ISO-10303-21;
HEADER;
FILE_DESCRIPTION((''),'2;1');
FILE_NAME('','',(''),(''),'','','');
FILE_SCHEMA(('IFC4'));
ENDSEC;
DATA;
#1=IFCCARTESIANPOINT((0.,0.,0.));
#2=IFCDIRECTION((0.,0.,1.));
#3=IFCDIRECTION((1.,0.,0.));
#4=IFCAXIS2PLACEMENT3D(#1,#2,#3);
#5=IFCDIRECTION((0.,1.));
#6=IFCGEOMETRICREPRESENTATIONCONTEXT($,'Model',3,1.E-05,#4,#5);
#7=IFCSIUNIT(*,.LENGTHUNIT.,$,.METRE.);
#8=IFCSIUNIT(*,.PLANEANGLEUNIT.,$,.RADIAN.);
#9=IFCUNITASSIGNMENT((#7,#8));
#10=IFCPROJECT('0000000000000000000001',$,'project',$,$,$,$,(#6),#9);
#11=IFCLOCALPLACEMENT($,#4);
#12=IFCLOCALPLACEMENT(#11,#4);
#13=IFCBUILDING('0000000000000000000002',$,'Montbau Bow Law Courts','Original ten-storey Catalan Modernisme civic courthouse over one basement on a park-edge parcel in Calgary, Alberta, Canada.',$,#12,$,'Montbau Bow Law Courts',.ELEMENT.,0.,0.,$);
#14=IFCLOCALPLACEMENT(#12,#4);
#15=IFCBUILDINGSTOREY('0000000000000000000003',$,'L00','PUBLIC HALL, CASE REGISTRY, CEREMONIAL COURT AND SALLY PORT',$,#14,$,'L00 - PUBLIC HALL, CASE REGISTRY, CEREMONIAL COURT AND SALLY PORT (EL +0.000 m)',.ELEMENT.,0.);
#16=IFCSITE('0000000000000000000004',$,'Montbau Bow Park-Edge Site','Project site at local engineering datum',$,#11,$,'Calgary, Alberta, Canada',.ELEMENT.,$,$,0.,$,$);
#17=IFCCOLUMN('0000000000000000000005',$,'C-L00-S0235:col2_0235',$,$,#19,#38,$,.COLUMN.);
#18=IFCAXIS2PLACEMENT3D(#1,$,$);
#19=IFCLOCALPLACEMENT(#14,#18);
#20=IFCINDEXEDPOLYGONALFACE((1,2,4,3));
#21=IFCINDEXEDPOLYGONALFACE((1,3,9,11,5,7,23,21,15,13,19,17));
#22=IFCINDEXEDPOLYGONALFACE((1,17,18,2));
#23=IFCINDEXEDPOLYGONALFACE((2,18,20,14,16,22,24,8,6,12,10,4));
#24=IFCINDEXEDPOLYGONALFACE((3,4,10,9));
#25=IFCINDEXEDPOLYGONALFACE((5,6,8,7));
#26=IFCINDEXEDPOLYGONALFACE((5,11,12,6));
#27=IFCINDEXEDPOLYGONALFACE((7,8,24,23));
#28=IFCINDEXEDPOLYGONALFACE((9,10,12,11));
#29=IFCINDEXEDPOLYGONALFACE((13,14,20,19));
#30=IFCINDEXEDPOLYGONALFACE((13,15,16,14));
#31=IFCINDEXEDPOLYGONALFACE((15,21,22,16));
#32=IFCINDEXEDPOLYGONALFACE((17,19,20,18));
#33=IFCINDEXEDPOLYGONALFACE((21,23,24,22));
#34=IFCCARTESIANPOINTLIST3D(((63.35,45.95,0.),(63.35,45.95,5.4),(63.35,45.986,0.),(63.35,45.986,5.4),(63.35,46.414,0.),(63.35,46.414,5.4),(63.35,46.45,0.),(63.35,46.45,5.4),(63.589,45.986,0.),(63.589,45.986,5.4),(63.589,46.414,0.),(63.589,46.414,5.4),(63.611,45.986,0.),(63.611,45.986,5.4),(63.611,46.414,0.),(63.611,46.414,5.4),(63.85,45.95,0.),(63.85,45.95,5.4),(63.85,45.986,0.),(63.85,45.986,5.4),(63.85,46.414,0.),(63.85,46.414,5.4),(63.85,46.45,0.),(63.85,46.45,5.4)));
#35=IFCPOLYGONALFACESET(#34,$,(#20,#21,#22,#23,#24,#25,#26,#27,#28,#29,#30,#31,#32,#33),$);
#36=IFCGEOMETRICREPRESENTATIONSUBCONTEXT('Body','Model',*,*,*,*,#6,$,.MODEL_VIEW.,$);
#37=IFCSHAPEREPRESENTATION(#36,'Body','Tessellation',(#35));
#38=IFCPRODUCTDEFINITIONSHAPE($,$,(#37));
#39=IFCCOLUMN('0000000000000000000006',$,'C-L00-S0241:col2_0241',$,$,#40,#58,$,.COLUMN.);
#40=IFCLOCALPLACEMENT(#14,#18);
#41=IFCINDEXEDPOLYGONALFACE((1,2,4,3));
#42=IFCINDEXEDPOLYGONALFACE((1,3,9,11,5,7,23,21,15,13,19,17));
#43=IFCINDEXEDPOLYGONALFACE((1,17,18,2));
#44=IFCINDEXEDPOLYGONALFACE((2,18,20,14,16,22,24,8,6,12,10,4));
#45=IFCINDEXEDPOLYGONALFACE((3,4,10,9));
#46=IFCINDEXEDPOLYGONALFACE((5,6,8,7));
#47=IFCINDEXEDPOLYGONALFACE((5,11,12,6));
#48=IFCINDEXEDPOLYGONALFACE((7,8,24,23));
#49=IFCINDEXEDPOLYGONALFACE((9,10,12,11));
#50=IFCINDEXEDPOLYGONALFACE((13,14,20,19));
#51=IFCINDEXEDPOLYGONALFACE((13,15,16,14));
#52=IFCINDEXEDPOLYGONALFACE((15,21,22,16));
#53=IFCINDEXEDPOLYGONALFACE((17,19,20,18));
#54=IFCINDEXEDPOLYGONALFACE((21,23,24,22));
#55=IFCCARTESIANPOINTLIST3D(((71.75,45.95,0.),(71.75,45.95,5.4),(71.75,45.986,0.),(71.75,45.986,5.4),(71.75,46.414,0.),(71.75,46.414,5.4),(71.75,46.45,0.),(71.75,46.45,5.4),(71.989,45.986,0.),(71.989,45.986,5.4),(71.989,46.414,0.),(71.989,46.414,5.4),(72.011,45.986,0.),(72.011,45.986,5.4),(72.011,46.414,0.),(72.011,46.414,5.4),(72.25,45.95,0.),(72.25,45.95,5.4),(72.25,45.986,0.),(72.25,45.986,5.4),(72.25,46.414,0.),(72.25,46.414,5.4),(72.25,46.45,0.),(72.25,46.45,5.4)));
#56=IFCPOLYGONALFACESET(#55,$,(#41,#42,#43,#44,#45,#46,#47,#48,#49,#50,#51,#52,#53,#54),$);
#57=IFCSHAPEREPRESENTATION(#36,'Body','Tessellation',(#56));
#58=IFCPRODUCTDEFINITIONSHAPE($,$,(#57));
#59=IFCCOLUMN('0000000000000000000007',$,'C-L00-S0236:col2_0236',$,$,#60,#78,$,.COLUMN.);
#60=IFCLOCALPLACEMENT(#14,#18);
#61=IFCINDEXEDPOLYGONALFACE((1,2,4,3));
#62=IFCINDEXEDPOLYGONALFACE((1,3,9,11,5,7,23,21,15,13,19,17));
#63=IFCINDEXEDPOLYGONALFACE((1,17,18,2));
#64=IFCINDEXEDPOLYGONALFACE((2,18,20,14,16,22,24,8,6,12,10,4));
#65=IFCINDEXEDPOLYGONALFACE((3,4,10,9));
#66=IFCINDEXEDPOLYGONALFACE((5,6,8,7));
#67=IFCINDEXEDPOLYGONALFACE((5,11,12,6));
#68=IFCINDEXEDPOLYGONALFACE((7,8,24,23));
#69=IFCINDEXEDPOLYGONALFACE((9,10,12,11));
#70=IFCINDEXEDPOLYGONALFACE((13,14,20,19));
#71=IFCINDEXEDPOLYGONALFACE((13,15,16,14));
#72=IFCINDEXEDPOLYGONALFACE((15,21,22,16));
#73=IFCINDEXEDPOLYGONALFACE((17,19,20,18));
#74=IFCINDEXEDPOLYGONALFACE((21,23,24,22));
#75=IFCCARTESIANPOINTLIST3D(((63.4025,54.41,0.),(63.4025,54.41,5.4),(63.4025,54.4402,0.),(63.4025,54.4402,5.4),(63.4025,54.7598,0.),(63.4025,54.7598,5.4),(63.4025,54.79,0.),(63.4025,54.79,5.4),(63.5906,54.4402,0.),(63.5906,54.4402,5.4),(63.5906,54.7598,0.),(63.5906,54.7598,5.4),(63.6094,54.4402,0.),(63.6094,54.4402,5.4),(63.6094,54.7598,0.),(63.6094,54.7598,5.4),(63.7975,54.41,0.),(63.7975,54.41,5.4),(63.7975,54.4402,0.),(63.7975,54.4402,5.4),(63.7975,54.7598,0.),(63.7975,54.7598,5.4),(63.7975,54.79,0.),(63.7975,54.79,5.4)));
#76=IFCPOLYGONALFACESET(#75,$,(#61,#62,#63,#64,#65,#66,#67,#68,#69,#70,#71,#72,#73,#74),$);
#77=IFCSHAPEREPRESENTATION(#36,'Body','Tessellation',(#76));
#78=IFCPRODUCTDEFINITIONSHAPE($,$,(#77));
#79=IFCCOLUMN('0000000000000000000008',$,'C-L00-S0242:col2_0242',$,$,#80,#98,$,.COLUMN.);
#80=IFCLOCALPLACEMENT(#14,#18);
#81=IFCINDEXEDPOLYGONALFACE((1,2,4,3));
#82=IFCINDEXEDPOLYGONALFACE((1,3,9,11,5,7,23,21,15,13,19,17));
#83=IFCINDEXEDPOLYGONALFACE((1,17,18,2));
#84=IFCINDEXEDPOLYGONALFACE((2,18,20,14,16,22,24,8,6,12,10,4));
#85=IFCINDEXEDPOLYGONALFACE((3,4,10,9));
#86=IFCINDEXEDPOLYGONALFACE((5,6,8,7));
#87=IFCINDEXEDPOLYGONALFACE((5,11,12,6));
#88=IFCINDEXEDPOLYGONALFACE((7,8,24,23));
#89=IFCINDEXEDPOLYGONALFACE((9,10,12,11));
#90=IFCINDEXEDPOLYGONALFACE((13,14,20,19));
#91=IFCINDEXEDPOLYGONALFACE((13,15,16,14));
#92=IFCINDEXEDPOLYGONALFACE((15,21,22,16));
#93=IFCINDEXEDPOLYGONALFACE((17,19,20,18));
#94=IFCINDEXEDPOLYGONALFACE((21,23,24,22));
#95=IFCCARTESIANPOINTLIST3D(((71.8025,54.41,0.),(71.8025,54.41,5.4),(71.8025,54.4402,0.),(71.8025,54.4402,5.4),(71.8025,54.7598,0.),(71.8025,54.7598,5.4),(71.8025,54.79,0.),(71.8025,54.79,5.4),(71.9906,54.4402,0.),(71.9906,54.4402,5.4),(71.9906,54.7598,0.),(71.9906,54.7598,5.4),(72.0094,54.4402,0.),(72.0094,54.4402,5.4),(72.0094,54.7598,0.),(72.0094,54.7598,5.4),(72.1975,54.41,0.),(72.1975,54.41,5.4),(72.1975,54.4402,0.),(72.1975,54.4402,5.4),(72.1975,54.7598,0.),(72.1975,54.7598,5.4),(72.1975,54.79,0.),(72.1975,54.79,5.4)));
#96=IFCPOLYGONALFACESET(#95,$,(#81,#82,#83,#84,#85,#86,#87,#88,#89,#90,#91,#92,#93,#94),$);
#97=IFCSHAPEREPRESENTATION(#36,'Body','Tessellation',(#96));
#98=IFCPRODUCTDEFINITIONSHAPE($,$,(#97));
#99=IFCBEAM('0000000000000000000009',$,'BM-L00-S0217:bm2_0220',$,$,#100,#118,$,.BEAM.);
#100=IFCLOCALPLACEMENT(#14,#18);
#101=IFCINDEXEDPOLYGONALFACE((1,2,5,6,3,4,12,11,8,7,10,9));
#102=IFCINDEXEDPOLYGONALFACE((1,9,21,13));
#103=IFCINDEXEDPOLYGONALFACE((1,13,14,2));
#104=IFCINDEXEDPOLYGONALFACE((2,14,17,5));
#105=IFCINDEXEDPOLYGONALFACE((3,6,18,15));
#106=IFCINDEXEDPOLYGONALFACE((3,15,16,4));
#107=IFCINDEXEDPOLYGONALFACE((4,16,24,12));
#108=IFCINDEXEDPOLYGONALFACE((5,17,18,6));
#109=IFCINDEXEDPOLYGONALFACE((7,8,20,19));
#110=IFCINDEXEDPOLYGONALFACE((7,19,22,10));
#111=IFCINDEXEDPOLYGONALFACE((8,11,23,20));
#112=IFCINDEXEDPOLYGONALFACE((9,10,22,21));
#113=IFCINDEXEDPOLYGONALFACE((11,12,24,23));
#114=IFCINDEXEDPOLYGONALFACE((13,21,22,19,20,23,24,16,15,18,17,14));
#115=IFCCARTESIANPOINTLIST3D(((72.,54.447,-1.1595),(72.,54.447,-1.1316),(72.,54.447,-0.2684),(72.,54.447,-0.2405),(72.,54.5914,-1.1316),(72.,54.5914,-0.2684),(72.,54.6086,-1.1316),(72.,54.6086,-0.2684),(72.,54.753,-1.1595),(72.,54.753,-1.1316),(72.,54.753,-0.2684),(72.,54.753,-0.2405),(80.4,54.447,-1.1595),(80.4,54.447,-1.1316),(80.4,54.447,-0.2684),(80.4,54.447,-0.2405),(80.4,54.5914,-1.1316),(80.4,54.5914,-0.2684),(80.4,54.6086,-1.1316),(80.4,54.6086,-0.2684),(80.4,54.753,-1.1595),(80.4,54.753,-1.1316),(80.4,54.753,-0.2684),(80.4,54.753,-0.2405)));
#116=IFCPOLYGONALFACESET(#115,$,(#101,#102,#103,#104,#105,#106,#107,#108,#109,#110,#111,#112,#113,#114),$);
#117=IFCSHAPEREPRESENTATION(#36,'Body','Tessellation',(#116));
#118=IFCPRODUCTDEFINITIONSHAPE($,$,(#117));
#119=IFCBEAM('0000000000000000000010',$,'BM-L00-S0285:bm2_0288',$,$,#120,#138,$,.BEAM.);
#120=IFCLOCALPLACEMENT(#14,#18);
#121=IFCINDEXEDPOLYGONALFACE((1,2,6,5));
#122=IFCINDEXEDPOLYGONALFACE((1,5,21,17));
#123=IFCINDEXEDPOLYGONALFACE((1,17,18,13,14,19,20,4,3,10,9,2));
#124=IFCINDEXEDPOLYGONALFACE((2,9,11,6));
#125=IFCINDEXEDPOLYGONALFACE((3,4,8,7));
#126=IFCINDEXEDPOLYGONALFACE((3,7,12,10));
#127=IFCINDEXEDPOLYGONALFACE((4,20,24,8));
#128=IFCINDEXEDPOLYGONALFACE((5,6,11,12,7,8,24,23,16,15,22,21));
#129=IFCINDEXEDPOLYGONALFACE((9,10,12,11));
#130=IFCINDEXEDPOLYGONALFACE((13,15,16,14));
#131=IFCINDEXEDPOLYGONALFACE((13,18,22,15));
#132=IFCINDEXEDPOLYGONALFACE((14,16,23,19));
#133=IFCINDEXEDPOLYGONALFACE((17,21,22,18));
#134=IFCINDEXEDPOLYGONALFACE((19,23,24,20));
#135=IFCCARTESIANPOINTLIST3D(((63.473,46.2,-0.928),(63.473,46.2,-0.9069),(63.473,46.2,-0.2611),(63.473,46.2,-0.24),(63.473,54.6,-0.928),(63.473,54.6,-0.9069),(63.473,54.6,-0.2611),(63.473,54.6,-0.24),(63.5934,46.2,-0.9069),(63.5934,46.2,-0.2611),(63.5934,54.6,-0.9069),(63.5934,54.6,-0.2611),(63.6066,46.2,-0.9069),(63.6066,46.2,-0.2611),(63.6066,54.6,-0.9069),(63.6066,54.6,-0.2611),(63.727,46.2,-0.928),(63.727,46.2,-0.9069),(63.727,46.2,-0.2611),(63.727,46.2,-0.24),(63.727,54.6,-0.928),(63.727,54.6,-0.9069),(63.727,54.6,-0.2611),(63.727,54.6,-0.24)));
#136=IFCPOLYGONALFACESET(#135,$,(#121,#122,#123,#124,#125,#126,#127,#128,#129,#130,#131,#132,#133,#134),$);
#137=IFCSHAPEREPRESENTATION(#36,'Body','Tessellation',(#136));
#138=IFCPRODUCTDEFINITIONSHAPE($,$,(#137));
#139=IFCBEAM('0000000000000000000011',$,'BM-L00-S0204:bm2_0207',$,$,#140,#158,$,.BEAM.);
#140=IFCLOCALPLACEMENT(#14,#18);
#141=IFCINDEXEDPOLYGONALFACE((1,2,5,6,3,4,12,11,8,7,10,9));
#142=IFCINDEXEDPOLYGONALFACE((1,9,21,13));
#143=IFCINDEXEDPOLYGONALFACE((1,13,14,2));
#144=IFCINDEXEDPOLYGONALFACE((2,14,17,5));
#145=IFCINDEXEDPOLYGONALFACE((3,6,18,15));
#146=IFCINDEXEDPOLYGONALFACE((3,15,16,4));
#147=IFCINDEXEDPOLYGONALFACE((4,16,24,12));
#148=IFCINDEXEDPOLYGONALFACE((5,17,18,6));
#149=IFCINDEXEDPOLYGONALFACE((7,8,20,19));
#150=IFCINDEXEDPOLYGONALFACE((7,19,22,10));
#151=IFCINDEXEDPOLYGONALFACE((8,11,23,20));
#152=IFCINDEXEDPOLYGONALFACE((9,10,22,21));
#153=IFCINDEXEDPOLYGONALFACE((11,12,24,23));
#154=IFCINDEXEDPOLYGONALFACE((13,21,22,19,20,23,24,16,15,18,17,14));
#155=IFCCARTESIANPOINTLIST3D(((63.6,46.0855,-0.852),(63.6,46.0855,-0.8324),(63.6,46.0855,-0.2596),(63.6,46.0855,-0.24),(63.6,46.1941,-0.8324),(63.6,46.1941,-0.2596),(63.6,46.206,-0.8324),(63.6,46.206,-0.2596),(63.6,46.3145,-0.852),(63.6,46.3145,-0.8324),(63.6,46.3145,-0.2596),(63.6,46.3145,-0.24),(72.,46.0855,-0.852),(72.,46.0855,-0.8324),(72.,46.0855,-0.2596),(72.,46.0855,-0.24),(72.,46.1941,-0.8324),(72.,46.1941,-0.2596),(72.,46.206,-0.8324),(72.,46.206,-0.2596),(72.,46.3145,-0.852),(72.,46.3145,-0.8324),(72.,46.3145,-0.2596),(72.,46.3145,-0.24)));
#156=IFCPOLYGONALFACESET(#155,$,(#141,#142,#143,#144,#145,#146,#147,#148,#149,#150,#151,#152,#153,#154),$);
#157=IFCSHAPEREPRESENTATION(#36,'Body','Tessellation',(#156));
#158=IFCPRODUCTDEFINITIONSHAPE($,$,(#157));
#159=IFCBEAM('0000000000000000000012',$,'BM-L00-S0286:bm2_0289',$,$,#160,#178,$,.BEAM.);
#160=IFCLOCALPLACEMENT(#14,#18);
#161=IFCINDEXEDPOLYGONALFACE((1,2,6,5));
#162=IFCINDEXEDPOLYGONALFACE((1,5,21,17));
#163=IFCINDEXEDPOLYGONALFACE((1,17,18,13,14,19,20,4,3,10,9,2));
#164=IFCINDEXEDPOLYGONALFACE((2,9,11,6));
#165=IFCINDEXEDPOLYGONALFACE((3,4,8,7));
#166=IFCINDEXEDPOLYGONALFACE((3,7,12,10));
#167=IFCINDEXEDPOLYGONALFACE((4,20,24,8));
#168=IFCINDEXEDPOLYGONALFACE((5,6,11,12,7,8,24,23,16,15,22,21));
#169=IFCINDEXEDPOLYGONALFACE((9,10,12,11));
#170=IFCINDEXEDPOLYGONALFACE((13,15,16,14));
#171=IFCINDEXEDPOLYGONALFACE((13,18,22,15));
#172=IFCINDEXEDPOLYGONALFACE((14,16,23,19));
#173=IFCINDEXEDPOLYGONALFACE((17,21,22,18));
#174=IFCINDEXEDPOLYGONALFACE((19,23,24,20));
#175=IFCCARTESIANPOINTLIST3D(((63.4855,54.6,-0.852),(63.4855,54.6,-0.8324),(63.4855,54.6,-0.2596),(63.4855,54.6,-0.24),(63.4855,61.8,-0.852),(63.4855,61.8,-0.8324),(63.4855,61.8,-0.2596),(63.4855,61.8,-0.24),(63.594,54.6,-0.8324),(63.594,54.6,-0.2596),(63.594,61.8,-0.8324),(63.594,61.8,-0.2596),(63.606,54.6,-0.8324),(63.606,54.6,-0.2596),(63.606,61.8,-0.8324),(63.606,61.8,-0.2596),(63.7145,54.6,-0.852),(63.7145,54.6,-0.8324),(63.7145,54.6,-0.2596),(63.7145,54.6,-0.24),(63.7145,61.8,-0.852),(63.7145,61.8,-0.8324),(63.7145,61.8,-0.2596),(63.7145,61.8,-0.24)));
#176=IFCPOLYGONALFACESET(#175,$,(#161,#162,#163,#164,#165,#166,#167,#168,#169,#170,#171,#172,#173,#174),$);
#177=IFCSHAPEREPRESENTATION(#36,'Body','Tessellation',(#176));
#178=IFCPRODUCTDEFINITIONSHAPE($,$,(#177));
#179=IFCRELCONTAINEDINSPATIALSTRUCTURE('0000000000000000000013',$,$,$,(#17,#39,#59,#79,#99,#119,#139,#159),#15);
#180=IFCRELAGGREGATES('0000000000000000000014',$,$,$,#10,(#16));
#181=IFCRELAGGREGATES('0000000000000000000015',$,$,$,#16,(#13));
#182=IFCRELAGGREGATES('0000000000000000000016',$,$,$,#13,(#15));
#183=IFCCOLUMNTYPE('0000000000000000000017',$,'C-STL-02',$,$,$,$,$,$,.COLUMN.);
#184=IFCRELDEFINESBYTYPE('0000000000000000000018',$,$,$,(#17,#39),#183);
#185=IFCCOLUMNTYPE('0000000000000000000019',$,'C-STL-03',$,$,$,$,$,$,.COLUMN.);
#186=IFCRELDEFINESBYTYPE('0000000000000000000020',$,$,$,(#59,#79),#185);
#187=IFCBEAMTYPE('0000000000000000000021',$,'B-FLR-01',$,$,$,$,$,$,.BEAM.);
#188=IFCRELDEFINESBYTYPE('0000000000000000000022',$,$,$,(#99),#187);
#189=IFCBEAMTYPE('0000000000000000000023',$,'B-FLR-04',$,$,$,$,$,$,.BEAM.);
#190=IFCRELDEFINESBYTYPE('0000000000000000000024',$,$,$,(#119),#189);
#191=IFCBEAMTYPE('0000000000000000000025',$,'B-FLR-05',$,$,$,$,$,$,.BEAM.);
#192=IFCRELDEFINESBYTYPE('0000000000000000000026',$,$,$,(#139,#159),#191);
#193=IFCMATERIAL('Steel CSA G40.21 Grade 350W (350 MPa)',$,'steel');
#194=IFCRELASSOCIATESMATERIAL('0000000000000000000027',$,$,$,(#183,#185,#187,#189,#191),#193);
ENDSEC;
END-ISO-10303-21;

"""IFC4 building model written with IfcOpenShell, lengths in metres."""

from ifc_helpers import new_model, si_unit, direction, frame, origin_with_axes, origin_2d_with_axis, place, context, subcontext, project, spatial, i_section, extrude, material, material_profile, profile_set, type_object, element, save


model = new_model("IFC4")

# Units and contexts
model_context = context("Model", 3, precision=1e-05, world=origin_with_axes(), true_north=direction((0.0, 1.0)))
body_context = subcontext(model_context, "Body", "Model", "MODEL_VIEW")
ifc_project = project(units=[si_unit("LENGTHUNIT", "METRE"), si_unit("PLANEANGLEUNIT", "RADIAN")], contexts=[model_context])

# Site, building, storey
site_placement = place(None, origin_with_axes())
site = spatial("IfcSite", under=ifc_project, at=site_placement, Name="Montbau Bow Park-Edge Site", Description="Project site at local engineering datum", LongName="Calgary, Alberta, Canada", CompositionType="ELEMENT", RefElevation=0.0)
building_placement = place(site_placement, origin_with_axes())
building = spatial("IfcBuilding", under=site, at=building_placement, Name="Montbau Bow Law Courts", Description="Original ten-storey Catalan Modernisme civic courthouse over one basement on a park-edge parcel in Calgary, Alberta, Canada.", LongName="Montbau Bow Law Courts", CompositionType="ELEMENT", ElevationOfRefHeight=0.0, ElevationOfTerrain=0.0)
storey_placement = place(building_placement, origin_with_axes())
storey = spatial("IfcBuildingStorey", under=building, at=storey_placement, Name="L00", Description="PUBLIC HALL, CASE REGISTRY, CEREMONIAL COURT AND SALLY PORT", LongName="L00 - PUBLIC HALL, CASE REGISTRY, CEREMONIAL COURT AND SALLY PORT (EL +0.000 m)", CompositionType="ELEMENT", Elevation=0.0)

# Columns
ifc_material_1 = material(Name="Steel CSA G40.21 Grade 350W (350 MPa)", Category="steel")
ifc_material_profile_1 = material_profile(ifc_material_1, i_section(OverallWidth=0.5, OverallDepth=0.5, WebThickness=0.022, FlangeThickness=0.036, at=origin_2d_with_axis()), Name="WWF500X343", Category="Main", Priority=0)
ifc_profile_set_1 = profile_set([ifc_material_profile_1], Name="Steel CSA G40.21 Grade 350W (350 MPa)")
column_type_1 = type_object("IfcColumnType", Name="C-STL-02", PredefinedType="COLUMN", material=ifc_profile_set_1)
for number, where, z_axis, x_axis, name in (
    (1, (63.6, 46.2, 0.0), (0.0, 0.0, 1.0), (1.0, 0.0, 0.0), "C-L00-S0235:col2_0235"),
    (2, (72.0, 46.2, 0.0), (0.0, 0.0, 1.0), (1.0, 0.0, 0.0), "C-L00-S0241:col2_0241"),
):
    element("IfcColumn", number, at=place(None, frame(where, z_axis=z_axis, x_axis=x_axis)), inside=storey, type_object=column_type_1, Name=name, PredefinedType="COLUMN", context=body_context, shape_type="SweptSolid", body=[
        extrude(i_section(OverallWidth=0.5, OverallDepth=0.5, WebThickness=0.022, FlangeThickness=0.036, at=origin_2d_with_axis()), origin_with_axes(), (0.0, 0.0, 1.0), 5.4),
    ])
ifc_material_profile_2 = material_profile(ifc_material_1, i_section(OverallWidth=0.395, OverallDepth=0.38, WebThickness=0.0189, FlangeThickness=0.0302, at=origin_2d_with_axis()), Name="W360X237", Category="Main", Priority=0)
ifc_profile_set_2 = profile_set([ifc_material_profile_2], Name="Steel CSA G40.21 Grade 350W (350 MPa)")
column_type_2 = type_object("IfcColumnType", Name="C-STL-03", PredefinedType="COLUMN", material=ifc_profile_set_2)
for number, where, z_axis, x_axis, name in (
    (3, (63.6, 54.6, 0.0), (0.0, 0.0, 1.0), (1.0, 0.0, 0.0), "C-L00-S0236:col2_0236"),
    (4, (72.0, 54.6, 0.0), (0.0, 0.0, 1.0), (1.0, 0.0, 0.0), "C-L00-S0242:col2_0242"),
):
    element("IfcColumn", number, at=place(None, frame(where, z_axis=z_axis, x_axis=x_axis)), inside=storey, type_object=column_type_2, Name=name, PredefinedType="COLUMN", context=body_context, shape_type="SweptSolid", body=[
        extrude(i_section(OverallWidth=0.395, OverallDepth=0.38, WebThickness=0.0189, FlangeThickness=0.0302, at=origin_2d_with_axis()), origin_with_axes(), (0.0, 0.0, 1.0), 5.4),
    ])

# Beams
ifc_material_profile_3 = material_profile(ifc_material_1, i_section(OverallWidth=0.306, OverallDepth=0.919, WebThickness=0.0173, FlangeThickness=0.0279, at=origin_2d_with_axis()), Name="W920X253", Category="Main", Priority=0)
ifc_profile_set_3 = profile_set([ifc_material_profile_3], Name="Steel CSA G40.21 Grade 350W (350 MPa)")
beam_type_1 = type_object("IfcBeamType", Name="B-FLR-01", PredefinedType="BEAM", material=ifc_profile_set_3)
beam_1_placement = place(None, frame((72.0, 54.6, -0.7), z_axis=(1.0, 0.0, 0.0), x_axis=(0.0, 1.0, 0.0)))
element("IfcBeam", 5, at=beam_1_placement, inside=storey, type_object=beam_type_1, Name="BM-L00-S0217:bm2_0220", PredefinedType="BEAM", context=body_context, shape_type="SweptSolid", body=[
    extrude(i_section(OverallWidth=0.306, OverallDepth=0.919, WebThickness=0.0173, FlangeThickness=0.0279, at=origin_2d_with_axis()), origin_with_axes(), (0.0, 0.0, 1.0), 8.4),
])
ifc_material_profile_4 = material_profile(ifc_material_1, i_section(OverallWidth=0.254, OverallDepth=0.688, WebThickness=0.0131, FlangeThickness=0.0211, at=origin_2d_with_axis()), Name="W690X152", Category="Main", Priority=0)
ifc_profile_set_4 = profile_set([ifc_material_profile_4], Name="Steel CSA G40.21 Grade 350W (350 MPa)")
beam_type_2 = type_object("IfcBeamType", Name="B-FLR-04", PredefinedType="BEAM", material=ifc_profile_set_4)
beam_2_placement = place(None, frame((63.6, 46.2, -0.584), z_axis=(0.0, 1.0, 0.0), x_axis=(-1.0, 0.0, 0.0)))
element("IfcBeam", 6, at=beam_2_placement, inside=storey, type_object=beam_type_2, Name="BM-L00-S0285:bm2_0288", PredefinedType="BEAM", context=body_context, shape_type="SweptSolid", body=[
    extrude(i_section(OverallWidth=0.254, OverallDepth=0.688, WebThickness=0.0131, FlangeThickness=0.0211, at=origin_2d_with_axis()), origin_with_axes(), (0.0, 0.0, 1.0), 8.4),
])
ifc_material_profile_5 = material_profile(ifc_material_1, i_section(OverallWidth=0.229, OverallDepth=0.612, WebThickness=0.0119, FlangeThickness=0.0196, at=origin_2d_with_axis()), Name="W610X125", Category="Main", Priority=0)
ifc_profile_set_5 = profile_set([ifc_material_profile_5], Name="Steel CSA G40.21 Grade 350W (350 MPa)")
beam_type_3 = type_object("IfcBeamType", Name="B-FLR-05", PredefinedType="BEAM", material=ifc_profile_set_5)
beam_3_placement = place(None, frame((63.6, 46.2, -0.546), z_axis=(1.0, 0.0, 0.0), x_axis=(0.0, 1.0, 0.0)))
element("IfcBeam", 7, at=beam_3_placement, inside=storey, type_object=beam_type_3, Name="BM-L00-S0204:bm2_0207", PredefinedType="BEAM", context=body_context, shape_type="SweptSolid", body=[
    extrude(i_section(OverallWidth=0.229, OverallDepth=0.612, WebThickness=0.0119, FlangeThickness=0.0196, at=origin_2d_with_axis()), origin_with_axes(), (0.0, 0.0, 1.0), 8.4),
])
beam_4_placement = place(None, frame((63.6, 54.6, -0.546), z_axis=(0.0, 1.0, 0.0), x_axis=(-1.0, 0.0, 0.0)))
element("IfcBeam", 8, at=beam_4_placement, inside=storey, type_object=beam_type_3, Name="BM-L00-S0286:bm2_0289", PredefinedType="BEAM", context=body_context, shape_type="SweptSolid", body=[
    extrude(i_section(OverallWidth=0.229, OverallDepth=0.612, WebThickness=0.0119, FlangeThickness=0.0196, at=origin_2d_with_axis()), origin_with_axes(), (0.0, 0.0, 1.0), 7.2),
])

save(model, "model.ifc")
